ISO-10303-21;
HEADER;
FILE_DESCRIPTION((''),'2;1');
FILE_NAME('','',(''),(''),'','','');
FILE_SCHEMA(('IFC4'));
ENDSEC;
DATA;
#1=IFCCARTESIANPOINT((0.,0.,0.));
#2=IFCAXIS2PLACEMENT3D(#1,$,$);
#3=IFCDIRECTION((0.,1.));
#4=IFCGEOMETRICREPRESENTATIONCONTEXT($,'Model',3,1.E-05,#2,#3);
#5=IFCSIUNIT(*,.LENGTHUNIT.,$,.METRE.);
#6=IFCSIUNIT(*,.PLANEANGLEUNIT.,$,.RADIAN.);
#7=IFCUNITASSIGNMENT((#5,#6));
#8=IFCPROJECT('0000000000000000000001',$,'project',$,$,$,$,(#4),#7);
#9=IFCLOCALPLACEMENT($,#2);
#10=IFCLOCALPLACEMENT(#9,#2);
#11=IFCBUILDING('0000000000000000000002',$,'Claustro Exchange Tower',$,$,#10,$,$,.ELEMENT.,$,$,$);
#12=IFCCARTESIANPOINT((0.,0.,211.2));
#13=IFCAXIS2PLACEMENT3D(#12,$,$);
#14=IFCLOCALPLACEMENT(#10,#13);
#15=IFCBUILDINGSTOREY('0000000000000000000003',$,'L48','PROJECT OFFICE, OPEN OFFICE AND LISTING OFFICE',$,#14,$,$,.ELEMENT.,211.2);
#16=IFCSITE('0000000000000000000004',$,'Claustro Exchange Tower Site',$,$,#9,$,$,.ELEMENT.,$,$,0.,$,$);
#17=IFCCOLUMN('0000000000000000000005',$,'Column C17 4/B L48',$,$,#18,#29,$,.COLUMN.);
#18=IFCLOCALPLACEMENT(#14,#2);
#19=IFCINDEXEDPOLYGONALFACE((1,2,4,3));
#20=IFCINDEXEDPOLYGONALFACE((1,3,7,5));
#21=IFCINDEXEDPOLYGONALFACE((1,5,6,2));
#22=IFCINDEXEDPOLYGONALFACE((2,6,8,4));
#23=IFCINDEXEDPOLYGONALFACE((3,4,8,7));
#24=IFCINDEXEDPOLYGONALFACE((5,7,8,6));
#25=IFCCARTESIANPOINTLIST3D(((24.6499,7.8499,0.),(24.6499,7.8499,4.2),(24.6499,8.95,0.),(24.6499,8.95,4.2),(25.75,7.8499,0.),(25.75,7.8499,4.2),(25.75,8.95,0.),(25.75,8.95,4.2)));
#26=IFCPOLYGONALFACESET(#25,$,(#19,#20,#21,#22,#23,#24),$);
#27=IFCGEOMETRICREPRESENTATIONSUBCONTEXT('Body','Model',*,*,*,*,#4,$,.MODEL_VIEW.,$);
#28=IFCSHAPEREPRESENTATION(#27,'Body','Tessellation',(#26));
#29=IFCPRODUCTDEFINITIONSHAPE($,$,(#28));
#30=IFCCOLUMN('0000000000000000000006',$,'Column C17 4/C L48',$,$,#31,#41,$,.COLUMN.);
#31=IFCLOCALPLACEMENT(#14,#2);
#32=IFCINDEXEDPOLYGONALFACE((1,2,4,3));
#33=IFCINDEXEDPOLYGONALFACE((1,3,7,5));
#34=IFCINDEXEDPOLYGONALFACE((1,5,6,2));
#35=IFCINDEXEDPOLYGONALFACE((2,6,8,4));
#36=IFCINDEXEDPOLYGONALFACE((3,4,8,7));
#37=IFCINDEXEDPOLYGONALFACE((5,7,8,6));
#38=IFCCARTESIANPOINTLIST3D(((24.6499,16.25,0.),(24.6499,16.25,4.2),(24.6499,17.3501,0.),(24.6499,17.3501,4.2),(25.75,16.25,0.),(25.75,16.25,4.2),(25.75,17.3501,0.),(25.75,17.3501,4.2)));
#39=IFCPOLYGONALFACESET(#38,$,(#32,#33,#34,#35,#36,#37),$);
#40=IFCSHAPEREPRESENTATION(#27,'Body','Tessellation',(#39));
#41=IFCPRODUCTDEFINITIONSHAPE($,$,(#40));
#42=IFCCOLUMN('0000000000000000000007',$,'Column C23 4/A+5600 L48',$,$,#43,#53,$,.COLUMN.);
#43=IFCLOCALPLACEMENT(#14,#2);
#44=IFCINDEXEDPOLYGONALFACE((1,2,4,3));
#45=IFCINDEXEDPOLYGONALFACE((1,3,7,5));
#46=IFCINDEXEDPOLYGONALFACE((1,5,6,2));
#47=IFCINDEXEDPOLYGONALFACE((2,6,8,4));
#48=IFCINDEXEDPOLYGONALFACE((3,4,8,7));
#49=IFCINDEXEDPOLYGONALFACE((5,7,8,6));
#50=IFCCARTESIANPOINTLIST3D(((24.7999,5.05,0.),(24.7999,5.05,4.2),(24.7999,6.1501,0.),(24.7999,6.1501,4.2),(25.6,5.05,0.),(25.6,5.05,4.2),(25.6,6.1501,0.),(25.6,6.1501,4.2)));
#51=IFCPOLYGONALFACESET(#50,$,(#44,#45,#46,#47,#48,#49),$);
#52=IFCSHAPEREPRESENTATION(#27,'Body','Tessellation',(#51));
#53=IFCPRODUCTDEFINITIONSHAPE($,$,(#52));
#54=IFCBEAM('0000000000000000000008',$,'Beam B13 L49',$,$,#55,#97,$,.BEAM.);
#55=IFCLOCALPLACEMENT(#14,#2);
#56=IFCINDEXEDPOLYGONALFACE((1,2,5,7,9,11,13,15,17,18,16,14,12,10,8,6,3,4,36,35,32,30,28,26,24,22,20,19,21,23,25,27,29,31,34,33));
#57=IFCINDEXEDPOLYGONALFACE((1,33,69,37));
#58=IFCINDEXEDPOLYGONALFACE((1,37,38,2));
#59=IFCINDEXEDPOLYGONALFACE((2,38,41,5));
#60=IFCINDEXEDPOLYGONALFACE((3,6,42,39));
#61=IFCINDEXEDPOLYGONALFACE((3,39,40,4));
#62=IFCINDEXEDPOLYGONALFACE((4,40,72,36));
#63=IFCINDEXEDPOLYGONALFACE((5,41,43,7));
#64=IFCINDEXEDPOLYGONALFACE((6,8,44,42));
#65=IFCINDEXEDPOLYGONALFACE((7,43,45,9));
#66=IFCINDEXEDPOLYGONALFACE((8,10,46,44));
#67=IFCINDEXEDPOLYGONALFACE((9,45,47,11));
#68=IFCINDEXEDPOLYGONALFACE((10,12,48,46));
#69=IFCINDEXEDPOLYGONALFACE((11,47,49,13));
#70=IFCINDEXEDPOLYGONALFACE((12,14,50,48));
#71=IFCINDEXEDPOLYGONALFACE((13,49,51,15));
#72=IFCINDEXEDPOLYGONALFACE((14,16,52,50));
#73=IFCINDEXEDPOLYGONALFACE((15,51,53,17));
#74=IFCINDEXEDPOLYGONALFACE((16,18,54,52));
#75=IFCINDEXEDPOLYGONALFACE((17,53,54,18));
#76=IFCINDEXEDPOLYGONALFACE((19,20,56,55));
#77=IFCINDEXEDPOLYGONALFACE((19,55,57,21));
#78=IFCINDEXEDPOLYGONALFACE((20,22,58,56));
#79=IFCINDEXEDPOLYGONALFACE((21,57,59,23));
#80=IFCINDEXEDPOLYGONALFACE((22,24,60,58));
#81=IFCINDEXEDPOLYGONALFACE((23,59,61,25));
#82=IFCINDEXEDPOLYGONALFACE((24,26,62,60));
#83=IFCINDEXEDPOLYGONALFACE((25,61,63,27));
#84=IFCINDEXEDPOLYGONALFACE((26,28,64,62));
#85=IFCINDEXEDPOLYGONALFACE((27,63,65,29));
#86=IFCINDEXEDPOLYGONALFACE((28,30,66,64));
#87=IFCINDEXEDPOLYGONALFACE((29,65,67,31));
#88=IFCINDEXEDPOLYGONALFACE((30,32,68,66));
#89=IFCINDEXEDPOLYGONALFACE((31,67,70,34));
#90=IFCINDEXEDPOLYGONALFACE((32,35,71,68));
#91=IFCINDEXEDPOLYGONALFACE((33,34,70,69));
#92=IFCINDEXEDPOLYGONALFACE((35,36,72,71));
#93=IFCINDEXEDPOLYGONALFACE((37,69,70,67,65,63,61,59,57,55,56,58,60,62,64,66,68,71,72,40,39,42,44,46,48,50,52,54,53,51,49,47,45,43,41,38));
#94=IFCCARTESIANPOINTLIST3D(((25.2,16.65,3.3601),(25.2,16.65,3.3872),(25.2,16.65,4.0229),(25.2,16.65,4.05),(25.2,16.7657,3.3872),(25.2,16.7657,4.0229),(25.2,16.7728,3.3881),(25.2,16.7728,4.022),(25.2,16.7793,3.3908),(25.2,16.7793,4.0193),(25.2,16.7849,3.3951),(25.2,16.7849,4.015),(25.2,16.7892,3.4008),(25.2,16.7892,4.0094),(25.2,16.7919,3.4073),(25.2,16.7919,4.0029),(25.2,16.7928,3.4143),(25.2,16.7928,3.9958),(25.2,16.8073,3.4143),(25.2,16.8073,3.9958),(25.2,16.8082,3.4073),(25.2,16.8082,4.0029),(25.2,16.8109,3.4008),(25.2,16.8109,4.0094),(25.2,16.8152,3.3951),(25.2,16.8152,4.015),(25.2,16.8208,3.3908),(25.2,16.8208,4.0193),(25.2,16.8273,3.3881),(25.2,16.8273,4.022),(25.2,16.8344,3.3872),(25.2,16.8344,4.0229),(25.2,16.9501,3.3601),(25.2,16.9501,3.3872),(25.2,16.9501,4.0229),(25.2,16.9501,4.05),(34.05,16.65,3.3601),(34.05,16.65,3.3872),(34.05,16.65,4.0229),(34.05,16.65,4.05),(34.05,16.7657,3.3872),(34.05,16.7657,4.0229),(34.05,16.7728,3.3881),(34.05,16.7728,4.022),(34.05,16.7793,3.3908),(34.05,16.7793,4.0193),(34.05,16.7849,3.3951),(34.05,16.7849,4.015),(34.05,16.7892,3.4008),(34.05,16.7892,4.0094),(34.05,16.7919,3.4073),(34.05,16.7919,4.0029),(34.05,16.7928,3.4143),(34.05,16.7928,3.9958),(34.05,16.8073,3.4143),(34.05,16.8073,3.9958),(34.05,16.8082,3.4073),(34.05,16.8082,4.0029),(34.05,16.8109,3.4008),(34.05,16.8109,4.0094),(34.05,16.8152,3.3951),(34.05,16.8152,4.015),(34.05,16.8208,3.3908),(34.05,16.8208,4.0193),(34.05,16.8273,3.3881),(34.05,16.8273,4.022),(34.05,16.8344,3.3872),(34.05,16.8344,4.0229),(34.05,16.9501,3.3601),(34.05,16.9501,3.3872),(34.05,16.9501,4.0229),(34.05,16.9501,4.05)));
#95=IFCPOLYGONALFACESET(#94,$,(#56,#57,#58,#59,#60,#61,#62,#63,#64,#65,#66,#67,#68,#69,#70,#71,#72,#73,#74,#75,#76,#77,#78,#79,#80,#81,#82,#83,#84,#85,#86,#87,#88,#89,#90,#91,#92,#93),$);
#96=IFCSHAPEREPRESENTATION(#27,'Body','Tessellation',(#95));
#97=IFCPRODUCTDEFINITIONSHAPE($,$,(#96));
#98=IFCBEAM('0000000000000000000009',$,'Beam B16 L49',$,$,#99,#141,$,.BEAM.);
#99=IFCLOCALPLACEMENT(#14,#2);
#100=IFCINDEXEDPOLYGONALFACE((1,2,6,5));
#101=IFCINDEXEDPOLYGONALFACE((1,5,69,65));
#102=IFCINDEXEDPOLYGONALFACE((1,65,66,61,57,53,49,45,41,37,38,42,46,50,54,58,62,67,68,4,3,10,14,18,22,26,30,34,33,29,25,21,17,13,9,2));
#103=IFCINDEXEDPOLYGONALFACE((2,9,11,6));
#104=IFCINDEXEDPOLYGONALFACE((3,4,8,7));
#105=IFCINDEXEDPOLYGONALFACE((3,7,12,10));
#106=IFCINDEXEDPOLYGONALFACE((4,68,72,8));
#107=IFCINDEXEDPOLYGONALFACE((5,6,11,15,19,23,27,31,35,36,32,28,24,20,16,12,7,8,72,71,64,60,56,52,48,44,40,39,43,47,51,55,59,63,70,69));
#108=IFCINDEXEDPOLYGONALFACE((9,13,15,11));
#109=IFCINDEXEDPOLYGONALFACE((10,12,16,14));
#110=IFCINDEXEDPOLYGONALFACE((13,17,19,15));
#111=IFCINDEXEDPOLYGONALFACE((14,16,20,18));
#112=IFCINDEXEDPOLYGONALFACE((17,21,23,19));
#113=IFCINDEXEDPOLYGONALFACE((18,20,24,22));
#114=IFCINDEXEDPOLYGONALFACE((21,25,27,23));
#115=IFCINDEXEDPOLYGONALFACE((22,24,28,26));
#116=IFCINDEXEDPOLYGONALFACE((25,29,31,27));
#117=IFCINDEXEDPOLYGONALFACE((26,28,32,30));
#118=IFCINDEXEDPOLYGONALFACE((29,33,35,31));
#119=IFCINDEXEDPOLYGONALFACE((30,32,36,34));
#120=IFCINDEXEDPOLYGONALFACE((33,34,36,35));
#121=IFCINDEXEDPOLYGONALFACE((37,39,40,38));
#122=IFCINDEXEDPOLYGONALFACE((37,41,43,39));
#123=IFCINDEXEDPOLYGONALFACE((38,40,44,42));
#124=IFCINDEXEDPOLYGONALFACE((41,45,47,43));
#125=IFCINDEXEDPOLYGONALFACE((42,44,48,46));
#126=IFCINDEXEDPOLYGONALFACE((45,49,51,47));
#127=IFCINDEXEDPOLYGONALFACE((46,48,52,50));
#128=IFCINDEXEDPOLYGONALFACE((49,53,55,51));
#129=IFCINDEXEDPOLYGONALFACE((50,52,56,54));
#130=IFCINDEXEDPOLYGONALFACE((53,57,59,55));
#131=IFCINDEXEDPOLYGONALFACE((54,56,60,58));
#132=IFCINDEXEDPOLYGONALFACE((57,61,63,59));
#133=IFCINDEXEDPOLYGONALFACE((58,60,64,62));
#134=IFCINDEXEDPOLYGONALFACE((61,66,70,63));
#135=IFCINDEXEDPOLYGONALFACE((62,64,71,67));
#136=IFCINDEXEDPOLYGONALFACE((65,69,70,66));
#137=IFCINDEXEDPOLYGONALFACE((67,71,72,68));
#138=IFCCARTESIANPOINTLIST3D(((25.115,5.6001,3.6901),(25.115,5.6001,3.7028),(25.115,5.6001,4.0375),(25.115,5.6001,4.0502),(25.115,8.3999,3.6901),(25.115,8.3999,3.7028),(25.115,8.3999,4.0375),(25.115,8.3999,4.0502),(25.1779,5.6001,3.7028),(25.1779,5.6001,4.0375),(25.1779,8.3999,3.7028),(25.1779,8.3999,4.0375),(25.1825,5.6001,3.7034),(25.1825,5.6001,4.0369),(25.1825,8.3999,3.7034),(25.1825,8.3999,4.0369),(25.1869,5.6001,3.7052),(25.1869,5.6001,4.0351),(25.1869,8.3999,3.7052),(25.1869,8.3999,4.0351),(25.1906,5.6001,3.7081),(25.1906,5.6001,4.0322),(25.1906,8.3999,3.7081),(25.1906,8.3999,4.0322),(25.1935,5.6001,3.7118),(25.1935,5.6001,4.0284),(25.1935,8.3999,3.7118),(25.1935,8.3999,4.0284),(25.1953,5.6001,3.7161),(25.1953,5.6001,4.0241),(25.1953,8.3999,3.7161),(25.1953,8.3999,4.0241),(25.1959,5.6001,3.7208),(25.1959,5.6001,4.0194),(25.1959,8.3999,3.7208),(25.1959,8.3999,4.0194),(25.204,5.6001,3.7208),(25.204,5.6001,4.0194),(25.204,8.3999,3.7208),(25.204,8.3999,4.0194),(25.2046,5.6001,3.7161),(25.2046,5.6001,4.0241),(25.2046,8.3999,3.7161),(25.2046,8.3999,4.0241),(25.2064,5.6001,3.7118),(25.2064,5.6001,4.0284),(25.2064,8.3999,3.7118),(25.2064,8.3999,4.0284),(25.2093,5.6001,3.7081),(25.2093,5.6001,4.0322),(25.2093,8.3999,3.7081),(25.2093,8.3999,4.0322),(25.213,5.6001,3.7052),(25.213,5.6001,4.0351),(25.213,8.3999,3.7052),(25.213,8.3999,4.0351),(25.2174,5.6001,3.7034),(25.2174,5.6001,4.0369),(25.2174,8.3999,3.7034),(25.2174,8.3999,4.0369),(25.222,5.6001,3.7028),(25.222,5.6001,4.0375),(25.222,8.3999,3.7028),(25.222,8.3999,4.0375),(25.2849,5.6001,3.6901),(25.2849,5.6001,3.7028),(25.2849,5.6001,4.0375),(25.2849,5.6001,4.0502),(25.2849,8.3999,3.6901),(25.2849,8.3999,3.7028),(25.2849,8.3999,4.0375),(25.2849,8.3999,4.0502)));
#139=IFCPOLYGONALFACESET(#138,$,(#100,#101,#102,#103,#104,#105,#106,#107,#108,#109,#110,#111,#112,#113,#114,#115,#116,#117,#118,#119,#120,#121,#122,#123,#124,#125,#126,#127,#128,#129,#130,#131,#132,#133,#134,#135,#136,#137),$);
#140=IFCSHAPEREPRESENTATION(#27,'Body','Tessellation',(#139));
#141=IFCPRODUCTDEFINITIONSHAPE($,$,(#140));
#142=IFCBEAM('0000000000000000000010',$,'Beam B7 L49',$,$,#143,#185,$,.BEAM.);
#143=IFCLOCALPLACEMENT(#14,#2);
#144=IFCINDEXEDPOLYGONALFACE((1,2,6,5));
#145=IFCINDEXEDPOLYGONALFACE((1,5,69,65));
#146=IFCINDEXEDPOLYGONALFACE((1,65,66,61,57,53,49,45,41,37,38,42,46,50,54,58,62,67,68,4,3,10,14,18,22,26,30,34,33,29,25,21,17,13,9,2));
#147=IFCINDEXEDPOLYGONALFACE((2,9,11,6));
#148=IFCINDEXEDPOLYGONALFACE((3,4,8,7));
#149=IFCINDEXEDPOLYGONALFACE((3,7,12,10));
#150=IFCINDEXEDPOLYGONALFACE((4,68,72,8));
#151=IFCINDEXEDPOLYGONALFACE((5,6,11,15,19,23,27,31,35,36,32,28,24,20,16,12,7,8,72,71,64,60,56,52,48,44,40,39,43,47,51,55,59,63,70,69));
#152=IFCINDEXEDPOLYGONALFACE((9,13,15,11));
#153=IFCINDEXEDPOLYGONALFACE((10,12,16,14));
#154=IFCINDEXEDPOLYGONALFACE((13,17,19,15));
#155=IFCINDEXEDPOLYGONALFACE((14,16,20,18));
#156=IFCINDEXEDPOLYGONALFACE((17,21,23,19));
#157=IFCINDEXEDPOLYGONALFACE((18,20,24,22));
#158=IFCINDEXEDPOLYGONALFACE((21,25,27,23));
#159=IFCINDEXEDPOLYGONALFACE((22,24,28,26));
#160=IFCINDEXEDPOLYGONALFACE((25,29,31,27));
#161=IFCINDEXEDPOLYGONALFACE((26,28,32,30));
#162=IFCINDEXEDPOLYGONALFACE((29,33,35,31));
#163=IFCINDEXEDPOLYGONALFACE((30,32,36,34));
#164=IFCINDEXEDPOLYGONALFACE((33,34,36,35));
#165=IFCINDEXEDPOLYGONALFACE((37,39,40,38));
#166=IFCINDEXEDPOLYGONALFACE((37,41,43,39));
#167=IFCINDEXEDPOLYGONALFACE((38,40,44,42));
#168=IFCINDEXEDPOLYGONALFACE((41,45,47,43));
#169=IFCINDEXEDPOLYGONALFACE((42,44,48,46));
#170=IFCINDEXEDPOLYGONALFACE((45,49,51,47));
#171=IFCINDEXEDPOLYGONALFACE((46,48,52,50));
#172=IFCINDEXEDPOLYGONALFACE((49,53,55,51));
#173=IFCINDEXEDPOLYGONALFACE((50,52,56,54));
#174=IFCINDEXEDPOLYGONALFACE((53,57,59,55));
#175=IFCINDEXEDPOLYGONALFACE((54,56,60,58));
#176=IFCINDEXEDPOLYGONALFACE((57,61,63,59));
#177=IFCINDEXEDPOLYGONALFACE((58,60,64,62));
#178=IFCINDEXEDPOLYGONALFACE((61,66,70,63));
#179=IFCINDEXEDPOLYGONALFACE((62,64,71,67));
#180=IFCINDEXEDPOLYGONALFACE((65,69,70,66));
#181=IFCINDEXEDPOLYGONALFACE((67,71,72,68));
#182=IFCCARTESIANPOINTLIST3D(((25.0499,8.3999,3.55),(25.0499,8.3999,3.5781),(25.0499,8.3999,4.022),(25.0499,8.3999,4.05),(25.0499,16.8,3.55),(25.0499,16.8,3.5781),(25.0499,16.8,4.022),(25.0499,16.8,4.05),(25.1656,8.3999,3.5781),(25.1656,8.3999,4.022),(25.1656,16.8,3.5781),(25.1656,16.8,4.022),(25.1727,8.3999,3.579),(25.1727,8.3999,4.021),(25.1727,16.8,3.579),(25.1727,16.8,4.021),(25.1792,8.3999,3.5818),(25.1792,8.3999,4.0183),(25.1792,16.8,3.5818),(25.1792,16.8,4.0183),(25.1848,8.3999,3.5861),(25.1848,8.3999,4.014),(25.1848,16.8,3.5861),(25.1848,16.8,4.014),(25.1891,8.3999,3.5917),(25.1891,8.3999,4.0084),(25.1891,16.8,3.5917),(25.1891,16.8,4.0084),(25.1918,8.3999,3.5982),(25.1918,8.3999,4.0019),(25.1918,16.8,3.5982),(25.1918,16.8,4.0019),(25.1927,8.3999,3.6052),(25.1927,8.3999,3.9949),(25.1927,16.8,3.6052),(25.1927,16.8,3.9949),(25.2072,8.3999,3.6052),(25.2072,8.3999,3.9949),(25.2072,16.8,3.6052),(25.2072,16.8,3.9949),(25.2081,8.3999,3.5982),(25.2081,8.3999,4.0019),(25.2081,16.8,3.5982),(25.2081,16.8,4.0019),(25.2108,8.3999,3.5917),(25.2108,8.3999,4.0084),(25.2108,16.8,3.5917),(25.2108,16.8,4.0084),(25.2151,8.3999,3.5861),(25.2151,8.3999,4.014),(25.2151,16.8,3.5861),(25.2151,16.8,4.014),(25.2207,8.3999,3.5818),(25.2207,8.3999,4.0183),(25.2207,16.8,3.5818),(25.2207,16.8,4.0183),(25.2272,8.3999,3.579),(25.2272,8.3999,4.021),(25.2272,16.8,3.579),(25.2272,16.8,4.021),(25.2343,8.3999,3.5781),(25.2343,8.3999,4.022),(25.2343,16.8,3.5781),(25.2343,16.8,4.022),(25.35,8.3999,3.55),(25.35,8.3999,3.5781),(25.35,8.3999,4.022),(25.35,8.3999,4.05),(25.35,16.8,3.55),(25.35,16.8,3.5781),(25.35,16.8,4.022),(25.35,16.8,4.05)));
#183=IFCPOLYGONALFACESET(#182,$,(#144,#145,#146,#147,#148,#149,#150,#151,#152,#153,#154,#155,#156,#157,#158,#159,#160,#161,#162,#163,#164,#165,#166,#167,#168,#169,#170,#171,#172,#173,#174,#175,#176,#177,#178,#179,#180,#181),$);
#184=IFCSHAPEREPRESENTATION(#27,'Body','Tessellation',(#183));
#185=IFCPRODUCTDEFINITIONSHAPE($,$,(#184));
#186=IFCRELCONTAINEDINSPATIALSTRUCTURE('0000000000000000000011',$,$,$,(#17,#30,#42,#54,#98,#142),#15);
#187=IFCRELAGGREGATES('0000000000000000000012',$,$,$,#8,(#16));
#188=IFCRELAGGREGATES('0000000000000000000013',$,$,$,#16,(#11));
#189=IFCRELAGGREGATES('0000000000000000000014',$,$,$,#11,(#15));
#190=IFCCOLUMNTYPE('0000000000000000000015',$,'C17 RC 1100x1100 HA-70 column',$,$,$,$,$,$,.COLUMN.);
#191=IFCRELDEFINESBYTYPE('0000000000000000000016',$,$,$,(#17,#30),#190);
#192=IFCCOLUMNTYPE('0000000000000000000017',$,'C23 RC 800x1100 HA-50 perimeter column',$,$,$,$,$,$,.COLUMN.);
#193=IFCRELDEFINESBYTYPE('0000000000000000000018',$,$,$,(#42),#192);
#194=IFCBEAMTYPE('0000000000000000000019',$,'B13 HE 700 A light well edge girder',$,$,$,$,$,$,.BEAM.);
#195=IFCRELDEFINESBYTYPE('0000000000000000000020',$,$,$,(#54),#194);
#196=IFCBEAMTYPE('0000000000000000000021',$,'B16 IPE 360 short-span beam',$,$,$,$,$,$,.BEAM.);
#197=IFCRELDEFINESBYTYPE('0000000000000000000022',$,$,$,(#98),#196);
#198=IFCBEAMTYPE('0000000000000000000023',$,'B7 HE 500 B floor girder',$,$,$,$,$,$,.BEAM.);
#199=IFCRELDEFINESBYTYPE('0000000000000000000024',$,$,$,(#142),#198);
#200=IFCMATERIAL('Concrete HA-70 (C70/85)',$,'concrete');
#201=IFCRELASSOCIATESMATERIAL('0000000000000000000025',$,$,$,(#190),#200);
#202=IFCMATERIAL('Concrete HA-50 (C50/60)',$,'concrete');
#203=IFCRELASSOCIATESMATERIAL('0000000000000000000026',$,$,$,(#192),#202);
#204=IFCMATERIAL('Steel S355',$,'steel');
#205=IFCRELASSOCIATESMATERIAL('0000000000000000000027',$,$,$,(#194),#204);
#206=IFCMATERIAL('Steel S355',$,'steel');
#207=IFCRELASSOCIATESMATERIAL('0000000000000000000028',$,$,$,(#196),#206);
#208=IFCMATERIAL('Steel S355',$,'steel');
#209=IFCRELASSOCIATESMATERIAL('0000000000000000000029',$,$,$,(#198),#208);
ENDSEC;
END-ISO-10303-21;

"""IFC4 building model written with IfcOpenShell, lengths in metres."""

from ifc_helpers import new_model, si_unit, direction, frame, origin, origin_2d, place, context, subcontext, project, spatial, rectangle, i_section, extrude, material, material_profile, profile_set, type_object, element, save


model = new_model("IFC4")

# Units and contexts
model_context = context("Model", 3, precision=1e-05, world=origin(), true_north=direction((0.0, 1.0)))
body_context = subcontext(model_context, "Body", "Model", "MODEL_VIEW")
ifc_project = project(units=[si_unit("LENGTHUNIT", "METRE"), si_unit("PLANEANGLEUNIT", "RADIAN")], contexts=[model_context])

# Site, building, storey
site_placement = place(None, origin())
site = spatial("IfcSite", under=ifc_project, at=site_placement, Name="Claustro Exchange Tower Site", CompositionType="ELEMENT", RefElevation=0.0)
building_placement = place(site_placement, origin())
building = spatial("IfcBuilding", under=site, at=building_placement, Name="Claustro Exchange Tower", CompositionType="ELEMENT")
storey_placement = place(building_placement, frame((0.0, 0.0, 211.2)))
storey = spatial("IfcBuildingStorey", under=building, at=storey_placement, Name="L48", Description="PROJECT OFFICE, OPEN OFFICE AND LISTING OFFICE", CompositionType="ELEMENT", Elevation=211.2)

# Columns
ifc_material_1 = material(Name="Concrete HA-70 (C70/85)", Category="concrete")
ifc_material_profile_1 = material_profile(ifc_material_1, rectangle(XDim=1.1001, YDim=1.1001, at=origin_2d()), Name="RC 1100x1100")
ifc_profile_set_1 = profile_set([ifc_material_profile_1], Name="Concrete HA-70 (C70/85)")
column_type_1 = type_object("IfcColumnType", Name="C17 RC 1100x1100 HA-70 column", PredefinedType="COLUMN", material=ifc_profile_set_1)
for number, where, z_axis, x_axis, name in (
    (1, (25.2, 8.3999, 0.0), (0.0, 0.0, 1.0), (1.0, 0.0, 0.0), "Column C17 4/B L48"),
    (2, (25.2, 16.8, 0.0), (0.0, 0.0, 1.0), (1.0, 0.0, 0.0), "Column C17 4/C L48"),
):
    element("IfcColumn", number, at=place(storey_placement, frame(where, z_axis=z_axis, x_axis=x_axis)), inside=storey, type_object=column_type_1, Name=name, PredefinedType="COLUMN", context=body_context, shape_type="SweptSolid", body=[
        extrude(rectangle(XDim=1.1001, YDim=1.1001, at=origin_2d()), origin(), (0.0, 0.0, 1.0), 4.2),
    ])
ifc_material_2 = material(Name="Concrete HA-50 (C50/60)", Category="concrete")
ifc_material_profile_2 = material_profile(ifc_material_2, rectangle(XDim=0.8, YDim=1.1001, at=origin_2d()), Name="RC 800x1100")
ifc_profile_set_2 = profile_set([ifc_material_profile_2], Name="Concrete HA-50 (C50/60)")
column_type_2 = type_object("IfcColumnType", Name="C23 RC 800x1100 HA-50 perimeter column", PredefinedType="COLUMN", material=ifc_profile_set_2)
column_placement = place(storey_placement, frame((25.2, 5.6001, 0.0), z_axis=(0.0, 0.0, 1.0), x_axis=(1.0, 0.0, 0.0)))
element("IfcColumn", 3, at=column_placement, inside=storey, type_object=column_type_2, Name="Column C23 4/A+5600 L48", PredefinedType="COLUMN", context=body_context, shape_type="SweptSolid", body=[
    extrude(rectangle(XDim=0.8, YDim=1.1001, at=origin_2d()), origin(), (0.0, 0.0, 1.0), 4.2),
])

# Beams
ifc_material_3 = material(Name="Steel S355", Category="steel")
ifc_material_profile_3 = material_profile(ifc_material_3, i_section(OverallWidth=0.3, OverallDepth=0.6899, WebThickness=0.0144, FlangeThickness=0.0271, FilletRadius=0.0271, at=origin_2d()), Name="HE 700 A")
ifc_profile_set_3 = profile_set([ifc_material_profile_3], Name="Steel S355")
beam_type_1 = type_object("IfcBeamType", Name="B13 HE 700 A light well edge girder", PredefinedType="BEAM", material=ifc_profile_set_3)
beam_1_placement = place(storey_placement, frame((25.2, 16.8, 3.7051), z_axis=(1.0, 0.0, 0.0), x_axis=(0.0, 1.0, 0.0)))
element("IfcBeam", 4, at=beam_1_placement, inside=storey, type_object=beam_type_1, Name="Beam B13 L49", PredefinedType="BEAM", context=body_context, shape_type="SweptSolid", body=[
    extrude(i_section(OverallWidth=0.3, OverallDepth=0.6899, WebThickness=0.0144, FlangeThickness=0.0271, FilletRadius=0.0271, at=origin_2d()), origin(), (0.0, 0.0, 1.0), 8.8501),
])
ifc_material_4 = material(Name="Steel S355", Category="steel")
ifc_material_profile_4 = material_profile(ifc_material_4, i_section(OverallWidth=0.1699, OverallDepth=0.3601, WebThickness=0.0081, FlangeThickness=0.0127, FilletRadius=0.0181, at=origin_2d()), Name="IPE 360")
ifc_profile_set_4 = profile_set([ifc_material_profile_4], Name="Steel S355")
beam_type_2 = type_object("IfcBeamType", Name="B16 IPE 360 short-span beam", PredefinedType="BEAM", material=ifc_profile_set_4)
beam_2_placement = place(storey_placement, frame((25.2, 5.6001, 3.8701), z_axis=(0.0, 1.0, 0.0), x_axis=(-1.0, 0.0, 0.0)))
element("IfcBeam", 5, at=beam_2_placement, inside=storey, type_object=beam_type_2, Name="Beam B16 L49", PredefinedType="BEAM", context=body_context, shape_type="SweptSolid", body=[
    extrude(i_section(OverallWidth=0.1699, OverallDepth=0.3601, WebThickness=0.0081, FlangeThickness=0.0127, FilletRadius=0.0181, at=origin_2d()), origin(), (0.0, 0.0, 1.0), 2.7998),
])
ifc_material_5 = material(Name="Steel S355", Category="steel")
ifc_material_profile_5 = material_profile(ifc_material_5, i_section(OverallWidth=0.3, OverallDepth=0.5, WebThickness=0.0144, FlangeThickness=0.0281, FilletRadius=0.0271, at=origin_2d()), Name="HE 500 B")
ifc_profile_set_5 = profile_set([ifc_material_profile_5], Name="Steel S355")
beam_type_3 = type_object("IfcBeamType", Name="B7 HE 500 B floor girder", PredefinedType="BEAM", material=ifc_profile_set_5)
for number, where, z_axis, x_axis, name in (
    (6, (25.2, 8.3999, 3.8), (0.0, 1.0, 0.0), (-1.0, 0.0, 0.0), "Beam B7 L49"),
):
    element("IfcBeam", number, at=place(storey_placement, frame(where, z_axis=z_axis, x_axis=x_axis)), inside=storey, type_object=beam_type_3, Name=name, PredefinedType="BEAM", context=body_context, shape_type="SweptSolid", body=[
        extrude(i_section(OverallWidth=0.3, OverallDepth=0.5, WebThickness=0.0144, FlangeThickness=0.0281, FilletRadius=0.0271, at=origin_2d()), origin(), (0.0, 0.0, 1.0), 8.4001),
    ])

save(model, "model.ifc")
